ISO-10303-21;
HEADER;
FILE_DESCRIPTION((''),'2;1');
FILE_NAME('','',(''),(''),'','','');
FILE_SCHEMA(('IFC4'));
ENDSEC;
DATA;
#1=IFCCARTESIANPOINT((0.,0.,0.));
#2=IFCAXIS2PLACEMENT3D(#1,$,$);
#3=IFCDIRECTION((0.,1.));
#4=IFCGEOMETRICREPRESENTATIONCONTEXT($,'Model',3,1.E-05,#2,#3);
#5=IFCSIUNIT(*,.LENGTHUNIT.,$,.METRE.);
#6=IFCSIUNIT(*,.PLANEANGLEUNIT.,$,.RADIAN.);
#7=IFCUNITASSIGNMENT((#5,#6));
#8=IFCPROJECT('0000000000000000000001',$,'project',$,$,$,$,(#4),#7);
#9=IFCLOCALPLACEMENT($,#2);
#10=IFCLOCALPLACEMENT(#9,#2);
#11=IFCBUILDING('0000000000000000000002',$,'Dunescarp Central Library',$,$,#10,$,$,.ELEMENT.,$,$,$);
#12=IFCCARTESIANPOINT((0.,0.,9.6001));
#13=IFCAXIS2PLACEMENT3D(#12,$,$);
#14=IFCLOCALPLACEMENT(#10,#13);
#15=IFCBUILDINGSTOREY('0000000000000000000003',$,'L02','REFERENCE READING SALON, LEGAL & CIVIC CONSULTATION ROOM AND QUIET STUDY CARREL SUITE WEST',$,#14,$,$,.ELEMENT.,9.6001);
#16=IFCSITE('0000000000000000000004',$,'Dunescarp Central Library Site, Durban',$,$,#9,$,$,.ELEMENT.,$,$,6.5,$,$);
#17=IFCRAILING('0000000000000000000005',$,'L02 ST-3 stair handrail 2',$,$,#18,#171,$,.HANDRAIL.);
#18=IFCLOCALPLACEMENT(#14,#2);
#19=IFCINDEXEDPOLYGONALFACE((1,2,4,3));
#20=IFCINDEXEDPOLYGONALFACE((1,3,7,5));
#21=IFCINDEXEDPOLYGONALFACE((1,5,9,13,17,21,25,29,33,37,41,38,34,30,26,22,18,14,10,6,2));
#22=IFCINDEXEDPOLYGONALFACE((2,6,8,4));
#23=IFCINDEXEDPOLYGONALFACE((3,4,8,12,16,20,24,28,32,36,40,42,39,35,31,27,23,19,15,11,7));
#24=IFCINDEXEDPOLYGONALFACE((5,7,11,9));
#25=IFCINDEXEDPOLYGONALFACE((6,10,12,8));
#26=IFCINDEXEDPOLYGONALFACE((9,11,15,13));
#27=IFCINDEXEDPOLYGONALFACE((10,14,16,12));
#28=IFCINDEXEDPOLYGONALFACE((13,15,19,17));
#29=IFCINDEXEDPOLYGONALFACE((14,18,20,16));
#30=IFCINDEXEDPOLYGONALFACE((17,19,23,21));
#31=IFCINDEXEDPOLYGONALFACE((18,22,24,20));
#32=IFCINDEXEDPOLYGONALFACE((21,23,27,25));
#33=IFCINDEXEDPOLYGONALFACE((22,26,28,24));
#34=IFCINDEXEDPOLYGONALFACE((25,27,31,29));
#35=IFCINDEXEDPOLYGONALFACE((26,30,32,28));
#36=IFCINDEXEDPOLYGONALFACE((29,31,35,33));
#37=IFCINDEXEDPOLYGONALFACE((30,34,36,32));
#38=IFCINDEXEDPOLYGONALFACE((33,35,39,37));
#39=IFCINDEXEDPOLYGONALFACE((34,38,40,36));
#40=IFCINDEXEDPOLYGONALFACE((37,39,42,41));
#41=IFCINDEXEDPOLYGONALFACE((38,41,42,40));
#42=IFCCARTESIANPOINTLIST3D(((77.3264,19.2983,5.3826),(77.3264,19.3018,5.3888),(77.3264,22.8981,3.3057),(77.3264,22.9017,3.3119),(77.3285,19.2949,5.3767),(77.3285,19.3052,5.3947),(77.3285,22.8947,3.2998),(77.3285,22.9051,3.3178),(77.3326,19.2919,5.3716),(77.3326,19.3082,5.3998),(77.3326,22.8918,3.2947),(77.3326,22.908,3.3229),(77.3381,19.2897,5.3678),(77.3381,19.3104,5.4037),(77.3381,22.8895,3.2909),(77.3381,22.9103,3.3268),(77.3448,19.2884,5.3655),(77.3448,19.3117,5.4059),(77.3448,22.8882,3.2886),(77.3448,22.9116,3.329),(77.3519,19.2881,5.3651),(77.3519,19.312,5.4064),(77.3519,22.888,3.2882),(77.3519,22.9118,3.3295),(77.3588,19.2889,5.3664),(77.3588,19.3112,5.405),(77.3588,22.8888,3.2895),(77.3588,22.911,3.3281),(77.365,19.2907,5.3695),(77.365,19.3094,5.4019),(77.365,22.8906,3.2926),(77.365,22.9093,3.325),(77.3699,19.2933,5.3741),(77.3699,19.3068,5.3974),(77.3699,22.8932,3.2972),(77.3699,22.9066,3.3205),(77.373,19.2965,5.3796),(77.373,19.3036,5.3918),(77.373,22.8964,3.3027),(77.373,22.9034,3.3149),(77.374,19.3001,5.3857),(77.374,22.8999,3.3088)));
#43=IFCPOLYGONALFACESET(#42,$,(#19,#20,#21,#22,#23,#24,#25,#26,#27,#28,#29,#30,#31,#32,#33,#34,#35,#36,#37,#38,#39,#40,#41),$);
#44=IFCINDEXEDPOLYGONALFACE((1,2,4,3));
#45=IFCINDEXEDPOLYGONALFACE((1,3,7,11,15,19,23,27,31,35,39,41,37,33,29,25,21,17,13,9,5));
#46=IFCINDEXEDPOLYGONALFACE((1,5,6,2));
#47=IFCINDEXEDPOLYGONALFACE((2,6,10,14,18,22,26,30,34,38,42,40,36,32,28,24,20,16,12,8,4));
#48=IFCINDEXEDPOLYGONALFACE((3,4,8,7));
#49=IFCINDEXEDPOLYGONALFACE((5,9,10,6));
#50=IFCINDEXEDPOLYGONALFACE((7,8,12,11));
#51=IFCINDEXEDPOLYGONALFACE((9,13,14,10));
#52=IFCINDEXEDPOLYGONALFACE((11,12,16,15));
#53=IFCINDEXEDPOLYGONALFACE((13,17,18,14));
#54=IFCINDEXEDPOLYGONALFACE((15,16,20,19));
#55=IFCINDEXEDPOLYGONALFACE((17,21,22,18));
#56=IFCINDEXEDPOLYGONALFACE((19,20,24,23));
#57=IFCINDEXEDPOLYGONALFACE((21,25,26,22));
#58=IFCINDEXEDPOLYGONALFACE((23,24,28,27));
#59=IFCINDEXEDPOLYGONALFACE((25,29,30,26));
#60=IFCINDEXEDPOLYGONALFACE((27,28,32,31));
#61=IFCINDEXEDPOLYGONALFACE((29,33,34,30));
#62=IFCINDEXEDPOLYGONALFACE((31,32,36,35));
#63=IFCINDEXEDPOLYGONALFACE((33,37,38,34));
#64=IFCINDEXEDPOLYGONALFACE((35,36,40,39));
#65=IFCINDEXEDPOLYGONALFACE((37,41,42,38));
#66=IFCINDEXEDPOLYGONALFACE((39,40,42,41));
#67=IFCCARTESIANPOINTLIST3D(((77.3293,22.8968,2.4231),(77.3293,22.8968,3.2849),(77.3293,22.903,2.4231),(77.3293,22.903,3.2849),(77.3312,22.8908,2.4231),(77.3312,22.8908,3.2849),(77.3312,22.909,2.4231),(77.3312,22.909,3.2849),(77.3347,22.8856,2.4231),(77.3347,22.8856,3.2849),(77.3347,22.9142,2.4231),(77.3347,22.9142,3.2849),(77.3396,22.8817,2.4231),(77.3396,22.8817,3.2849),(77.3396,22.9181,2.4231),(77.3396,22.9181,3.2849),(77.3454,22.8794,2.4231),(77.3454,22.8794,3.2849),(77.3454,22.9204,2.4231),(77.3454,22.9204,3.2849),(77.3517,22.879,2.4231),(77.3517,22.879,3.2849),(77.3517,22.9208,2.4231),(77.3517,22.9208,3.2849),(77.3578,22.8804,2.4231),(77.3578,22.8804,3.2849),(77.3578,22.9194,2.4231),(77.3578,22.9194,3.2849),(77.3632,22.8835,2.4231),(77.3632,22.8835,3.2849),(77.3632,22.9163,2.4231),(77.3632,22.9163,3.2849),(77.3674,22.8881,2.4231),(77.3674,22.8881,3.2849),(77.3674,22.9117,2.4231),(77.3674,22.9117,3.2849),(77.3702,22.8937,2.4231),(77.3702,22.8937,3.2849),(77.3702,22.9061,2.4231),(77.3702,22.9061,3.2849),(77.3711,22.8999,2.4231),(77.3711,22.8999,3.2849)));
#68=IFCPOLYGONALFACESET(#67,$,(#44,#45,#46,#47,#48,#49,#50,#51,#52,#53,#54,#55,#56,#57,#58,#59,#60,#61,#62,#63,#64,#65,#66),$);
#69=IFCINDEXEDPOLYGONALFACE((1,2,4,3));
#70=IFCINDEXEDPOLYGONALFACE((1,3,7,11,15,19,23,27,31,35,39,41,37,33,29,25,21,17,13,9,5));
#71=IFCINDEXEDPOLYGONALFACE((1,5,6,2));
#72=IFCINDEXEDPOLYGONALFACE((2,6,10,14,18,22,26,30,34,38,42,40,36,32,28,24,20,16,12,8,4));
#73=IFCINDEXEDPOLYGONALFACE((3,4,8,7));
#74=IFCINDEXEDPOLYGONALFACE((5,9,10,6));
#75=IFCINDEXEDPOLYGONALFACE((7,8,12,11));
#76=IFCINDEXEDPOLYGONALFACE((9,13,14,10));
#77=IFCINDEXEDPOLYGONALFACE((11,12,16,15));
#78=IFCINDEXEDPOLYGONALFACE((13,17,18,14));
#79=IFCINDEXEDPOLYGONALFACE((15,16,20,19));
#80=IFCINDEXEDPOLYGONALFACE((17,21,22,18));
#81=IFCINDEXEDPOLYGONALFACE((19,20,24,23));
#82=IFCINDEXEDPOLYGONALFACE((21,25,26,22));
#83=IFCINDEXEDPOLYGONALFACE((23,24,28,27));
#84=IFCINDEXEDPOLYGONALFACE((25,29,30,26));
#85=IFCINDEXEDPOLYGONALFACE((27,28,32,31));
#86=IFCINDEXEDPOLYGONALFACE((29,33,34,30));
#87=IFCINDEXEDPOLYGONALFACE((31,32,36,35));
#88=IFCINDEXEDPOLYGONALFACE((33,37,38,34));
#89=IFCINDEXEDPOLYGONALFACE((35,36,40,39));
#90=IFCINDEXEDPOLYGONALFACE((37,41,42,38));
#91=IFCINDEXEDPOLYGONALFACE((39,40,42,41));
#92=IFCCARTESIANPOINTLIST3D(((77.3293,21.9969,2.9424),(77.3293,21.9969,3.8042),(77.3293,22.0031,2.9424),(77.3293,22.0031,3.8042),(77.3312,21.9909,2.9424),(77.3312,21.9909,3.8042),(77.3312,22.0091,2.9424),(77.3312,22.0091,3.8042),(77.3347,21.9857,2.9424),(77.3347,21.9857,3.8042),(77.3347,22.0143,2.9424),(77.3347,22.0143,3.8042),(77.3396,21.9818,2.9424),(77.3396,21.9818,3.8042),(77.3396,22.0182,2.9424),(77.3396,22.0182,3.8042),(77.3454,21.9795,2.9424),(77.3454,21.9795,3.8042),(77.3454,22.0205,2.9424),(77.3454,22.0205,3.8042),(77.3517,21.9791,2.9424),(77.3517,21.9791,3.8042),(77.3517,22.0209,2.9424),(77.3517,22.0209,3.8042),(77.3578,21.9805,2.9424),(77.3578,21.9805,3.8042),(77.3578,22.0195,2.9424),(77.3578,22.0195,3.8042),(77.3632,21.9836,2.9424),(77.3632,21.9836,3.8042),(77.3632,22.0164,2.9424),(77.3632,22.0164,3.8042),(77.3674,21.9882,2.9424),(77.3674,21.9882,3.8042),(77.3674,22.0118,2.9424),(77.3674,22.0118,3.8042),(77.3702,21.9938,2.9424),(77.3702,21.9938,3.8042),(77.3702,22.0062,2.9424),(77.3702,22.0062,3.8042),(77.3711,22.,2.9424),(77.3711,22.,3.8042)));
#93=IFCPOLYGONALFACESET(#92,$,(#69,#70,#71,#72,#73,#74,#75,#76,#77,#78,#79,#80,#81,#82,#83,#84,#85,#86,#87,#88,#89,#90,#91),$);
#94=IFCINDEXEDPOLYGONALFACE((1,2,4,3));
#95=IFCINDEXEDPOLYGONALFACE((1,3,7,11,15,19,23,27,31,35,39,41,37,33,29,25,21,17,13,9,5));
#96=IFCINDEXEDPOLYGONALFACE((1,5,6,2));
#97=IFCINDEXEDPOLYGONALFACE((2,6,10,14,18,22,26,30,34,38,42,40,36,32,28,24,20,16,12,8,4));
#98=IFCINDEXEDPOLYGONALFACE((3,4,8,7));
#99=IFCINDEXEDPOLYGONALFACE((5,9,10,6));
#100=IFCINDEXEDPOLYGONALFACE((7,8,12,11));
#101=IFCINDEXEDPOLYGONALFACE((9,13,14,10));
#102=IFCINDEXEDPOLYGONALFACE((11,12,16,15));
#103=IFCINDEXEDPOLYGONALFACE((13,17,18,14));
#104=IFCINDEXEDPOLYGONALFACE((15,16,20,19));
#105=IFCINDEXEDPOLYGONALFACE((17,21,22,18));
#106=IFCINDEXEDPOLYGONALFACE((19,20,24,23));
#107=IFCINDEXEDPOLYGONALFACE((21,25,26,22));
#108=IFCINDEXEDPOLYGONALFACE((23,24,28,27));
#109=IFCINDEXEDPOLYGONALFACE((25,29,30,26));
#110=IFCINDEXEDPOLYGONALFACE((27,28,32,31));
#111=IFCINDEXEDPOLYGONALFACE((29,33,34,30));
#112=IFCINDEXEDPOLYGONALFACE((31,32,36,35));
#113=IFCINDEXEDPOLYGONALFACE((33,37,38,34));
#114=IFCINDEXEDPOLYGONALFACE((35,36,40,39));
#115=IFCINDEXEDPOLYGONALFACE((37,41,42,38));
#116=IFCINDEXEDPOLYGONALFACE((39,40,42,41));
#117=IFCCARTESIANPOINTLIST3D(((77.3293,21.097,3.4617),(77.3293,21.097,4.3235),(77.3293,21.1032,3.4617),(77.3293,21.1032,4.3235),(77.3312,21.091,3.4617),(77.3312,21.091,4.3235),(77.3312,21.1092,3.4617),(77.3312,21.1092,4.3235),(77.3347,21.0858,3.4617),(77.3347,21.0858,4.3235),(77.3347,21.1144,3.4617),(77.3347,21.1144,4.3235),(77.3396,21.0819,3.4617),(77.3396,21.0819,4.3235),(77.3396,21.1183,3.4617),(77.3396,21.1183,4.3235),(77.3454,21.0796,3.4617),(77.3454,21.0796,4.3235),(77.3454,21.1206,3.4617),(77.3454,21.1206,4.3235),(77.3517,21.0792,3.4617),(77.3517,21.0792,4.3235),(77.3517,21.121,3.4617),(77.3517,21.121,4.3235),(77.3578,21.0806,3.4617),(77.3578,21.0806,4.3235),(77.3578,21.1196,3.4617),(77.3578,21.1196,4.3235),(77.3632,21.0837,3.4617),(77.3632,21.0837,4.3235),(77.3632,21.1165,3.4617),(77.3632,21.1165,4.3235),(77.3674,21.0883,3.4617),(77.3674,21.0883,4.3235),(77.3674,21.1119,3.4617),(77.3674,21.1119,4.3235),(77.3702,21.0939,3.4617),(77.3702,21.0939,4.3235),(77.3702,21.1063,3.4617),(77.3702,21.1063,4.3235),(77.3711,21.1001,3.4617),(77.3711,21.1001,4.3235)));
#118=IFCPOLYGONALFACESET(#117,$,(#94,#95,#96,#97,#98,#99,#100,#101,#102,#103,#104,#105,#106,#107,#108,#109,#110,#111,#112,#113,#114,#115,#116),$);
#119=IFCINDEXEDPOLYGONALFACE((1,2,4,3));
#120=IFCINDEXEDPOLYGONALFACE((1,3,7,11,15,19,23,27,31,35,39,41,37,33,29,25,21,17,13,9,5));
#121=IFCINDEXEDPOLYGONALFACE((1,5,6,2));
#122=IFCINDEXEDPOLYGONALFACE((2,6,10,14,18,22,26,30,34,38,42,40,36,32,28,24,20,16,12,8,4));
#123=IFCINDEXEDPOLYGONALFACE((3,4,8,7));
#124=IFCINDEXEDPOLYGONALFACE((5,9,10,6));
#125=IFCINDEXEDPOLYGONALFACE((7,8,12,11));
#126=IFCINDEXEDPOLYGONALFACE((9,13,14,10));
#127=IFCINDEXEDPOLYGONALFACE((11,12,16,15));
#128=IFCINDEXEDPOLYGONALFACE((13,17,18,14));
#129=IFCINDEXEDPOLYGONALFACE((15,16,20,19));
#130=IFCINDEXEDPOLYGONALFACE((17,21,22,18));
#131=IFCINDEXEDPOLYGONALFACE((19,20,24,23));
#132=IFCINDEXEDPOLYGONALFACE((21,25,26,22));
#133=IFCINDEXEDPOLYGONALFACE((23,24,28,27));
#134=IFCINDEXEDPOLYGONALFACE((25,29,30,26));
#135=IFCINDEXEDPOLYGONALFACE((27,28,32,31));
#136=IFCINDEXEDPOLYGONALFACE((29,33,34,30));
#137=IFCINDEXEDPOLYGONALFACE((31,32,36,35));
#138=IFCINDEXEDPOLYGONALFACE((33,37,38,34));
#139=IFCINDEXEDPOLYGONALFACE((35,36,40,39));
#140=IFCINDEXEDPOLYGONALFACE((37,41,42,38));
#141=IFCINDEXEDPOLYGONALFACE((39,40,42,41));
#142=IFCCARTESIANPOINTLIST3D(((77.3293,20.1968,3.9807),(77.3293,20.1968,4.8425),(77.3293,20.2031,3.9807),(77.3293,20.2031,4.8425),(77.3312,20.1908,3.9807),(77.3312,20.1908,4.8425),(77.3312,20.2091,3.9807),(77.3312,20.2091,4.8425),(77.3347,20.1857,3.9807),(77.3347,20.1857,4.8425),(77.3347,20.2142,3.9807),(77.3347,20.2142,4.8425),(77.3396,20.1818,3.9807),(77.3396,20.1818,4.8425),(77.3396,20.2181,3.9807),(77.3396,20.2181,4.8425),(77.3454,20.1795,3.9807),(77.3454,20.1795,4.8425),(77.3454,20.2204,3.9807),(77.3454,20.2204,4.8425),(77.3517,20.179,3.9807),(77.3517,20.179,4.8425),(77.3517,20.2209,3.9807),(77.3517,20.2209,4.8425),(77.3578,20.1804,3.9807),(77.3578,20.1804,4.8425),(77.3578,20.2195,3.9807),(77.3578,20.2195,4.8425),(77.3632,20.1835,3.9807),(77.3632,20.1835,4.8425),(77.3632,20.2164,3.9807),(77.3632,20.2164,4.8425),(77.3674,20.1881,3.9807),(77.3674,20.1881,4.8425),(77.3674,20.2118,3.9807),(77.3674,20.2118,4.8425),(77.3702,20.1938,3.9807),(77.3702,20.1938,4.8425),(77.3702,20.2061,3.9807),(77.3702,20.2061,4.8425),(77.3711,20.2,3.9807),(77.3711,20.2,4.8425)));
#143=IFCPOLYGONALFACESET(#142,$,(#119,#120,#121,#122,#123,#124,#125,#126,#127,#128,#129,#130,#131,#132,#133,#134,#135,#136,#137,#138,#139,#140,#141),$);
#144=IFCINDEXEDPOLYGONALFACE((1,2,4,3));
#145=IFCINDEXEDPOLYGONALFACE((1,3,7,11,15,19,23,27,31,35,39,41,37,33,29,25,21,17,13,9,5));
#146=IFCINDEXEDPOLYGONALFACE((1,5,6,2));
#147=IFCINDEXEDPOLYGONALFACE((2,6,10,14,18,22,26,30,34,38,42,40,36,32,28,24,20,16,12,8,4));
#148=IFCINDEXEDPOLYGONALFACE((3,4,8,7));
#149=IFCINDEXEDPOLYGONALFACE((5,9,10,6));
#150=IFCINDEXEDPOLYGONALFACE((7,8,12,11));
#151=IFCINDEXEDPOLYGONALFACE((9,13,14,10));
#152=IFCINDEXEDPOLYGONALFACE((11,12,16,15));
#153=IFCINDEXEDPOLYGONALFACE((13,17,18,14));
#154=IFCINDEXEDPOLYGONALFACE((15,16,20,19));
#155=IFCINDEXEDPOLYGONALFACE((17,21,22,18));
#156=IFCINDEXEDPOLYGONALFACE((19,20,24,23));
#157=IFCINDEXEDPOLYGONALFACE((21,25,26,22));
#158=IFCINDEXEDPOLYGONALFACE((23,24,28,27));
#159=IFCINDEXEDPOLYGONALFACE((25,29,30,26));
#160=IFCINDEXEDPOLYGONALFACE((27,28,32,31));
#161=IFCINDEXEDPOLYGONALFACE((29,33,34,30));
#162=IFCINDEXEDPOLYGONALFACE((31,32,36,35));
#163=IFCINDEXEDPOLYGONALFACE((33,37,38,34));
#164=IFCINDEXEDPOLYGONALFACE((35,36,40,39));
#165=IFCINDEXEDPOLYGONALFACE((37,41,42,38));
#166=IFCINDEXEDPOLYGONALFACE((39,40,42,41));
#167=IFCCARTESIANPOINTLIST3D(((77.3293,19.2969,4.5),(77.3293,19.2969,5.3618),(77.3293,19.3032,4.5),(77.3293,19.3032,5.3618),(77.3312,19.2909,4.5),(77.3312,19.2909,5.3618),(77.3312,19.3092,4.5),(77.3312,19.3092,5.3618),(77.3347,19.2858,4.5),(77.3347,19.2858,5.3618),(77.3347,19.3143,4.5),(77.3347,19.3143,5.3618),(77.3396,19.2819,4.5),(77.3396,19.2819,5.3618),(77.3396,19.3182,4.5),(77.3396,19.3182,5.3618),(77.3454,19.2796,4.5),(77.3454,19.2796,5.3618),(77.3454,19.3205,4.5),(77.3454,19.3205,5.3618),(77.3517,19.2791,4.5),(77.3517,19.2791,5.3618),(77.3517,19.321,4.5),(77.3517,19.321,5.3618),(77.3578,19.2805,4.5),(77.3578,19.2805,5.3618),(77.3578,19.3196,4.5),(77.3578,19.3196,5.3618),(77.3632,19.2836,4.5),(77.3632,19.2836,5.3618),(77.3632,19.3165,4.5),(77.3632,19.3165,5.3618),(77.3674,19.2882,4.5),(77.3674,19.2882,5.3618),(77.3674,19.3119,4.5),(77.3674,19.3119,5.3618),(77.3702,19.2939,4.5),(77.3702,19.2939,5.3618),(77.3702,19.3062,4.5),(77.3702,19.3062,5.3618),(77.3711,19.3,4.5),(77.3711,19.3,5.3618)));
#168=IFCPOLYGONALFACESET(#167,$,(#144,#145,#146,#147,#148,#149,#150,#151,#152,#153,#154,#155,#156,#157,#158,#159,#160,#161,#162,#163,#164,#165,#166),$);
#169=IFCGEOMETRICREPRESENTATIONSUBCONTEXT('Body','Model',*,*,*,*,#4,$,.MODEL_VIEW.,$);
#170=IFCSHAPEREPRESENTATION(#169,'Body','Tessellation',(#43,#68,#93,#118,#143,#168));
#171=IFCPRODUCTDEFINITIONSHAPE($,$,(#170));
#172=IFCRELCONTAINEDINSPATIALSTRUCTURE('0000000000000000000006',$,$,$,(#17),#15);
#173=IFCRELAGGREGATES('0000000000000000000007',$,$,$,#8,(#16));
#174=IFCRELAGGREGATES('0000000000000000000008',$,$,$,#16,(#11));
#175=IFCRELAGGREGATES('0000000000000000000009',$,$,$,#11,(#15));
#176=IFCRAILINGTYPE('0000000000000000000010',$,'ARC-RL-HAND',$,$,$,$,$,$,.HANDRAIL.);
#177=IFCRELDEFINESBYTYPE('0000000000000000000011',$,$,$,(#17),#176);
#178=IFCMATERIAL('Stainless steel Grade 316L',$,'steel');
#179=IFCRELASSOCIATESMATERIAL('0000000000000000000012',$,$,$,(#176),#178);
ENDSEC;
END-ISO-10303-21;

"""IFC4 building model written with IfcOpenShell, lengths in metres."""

from ifc_helpers import new_model, si_unit, direction, frame, origin, origin_2d, place, context, subcontext, project, spatial, circle, extrude, material, type_object, element, save


model = new_model("IFC4")

# Units and contexts
model_context = context("Model", 3, precision=1e-05, world=origin(), true_north=direction((0.0, 1.0)))
body_context = subcontext(model_context, "Body", "Model", "MODEL_VIEW")
ifc_project = project(units=[si_unit("LENGTHUNIT", "METRE"), si_unit("PLANEANGLEUNIT", "RADIAN")], contexts=[model_context])

# Site, building, storey
site_placement = place(None, origin())
site = spatial("IfcSite", under=ifc_project, at=site_placement, Name="Dunescarp Central Library Site, Durban", CompositionType="ELEMENT", RefElevation=6.5)
building_placement = place(site_placement, origin())
building = spatial("IfcBuilding", under=site, at=building_placement, Name="Dunescarp Central Library", CompositionType="ELEMENT")
storey_placement = place(building_placement, frame((0.0, 0.0, 9.6001)))
storey = spatial("IfcBuildingStorey", under=building, at=storey_placement, Name="L02", Description="REFERENCE READING SALON, LEGAL & CIVIC CONSULTATION ROOM AND QUIET STUDY CARREL SUITE WEST", CompositionType="ELEMENT", Elevation=9.6001)

# Railing
ifc_material_1 = material(Name="Stainless steel Grade 316L", Category="steel")
railing_type_1 = type_object("IfcRailingType", Name="ARC-RL-HAND", PredefinedType="HANDRAIL", material=ifc_material_1)
railing_1_placement = place(storey_placement, frame((77.3501, 22.8999, 2.4231)))
element("IfcRailing", 1, at=railing_1_placement, inside=storey, type_object=railing_type_1, Name="L02 ST-3 stair handrail 2", PredefinedType="HANDRAIL", context=body_context, shape_type="SweptSolid", body=[
    extrude(circle(Radius=0.0239, at=origin_2d()), frame((0.0, 0.0, 0.8857), z_axis=(0.0, -0.866179, 0.499734), x_axis=(1.0, 0.0, 0.0)), (0.0, 0.0, 1.0), 4.156),
    extrude(circle(Radius=0.021, at=origin_2d()), origin(), (0.0, 0.0, 1.0), 0.8618),
    extrude(circle(Radius=0.021, at=origin_2d()), frame((0.0, -0.8999, 0.5193)), (0.0, 0.0, 1.0), 0.8618),
    extrude(circle(Radius=0.021, at=origin_2d()), frame((0.0, -1.7998, 1.0386)), (0.0, 0.0, 1.0), 0.8618),
    extrude(circle(Radius=0.021, at=origin_2d()), frame((0.0, -2.7, 1.5576)), (0.0, 0.0, 1.0), 0.8618),
    extrude(circle(Radius=0.021, at=origin_2d()), frame((0.0, -3.5999, 2.0769)), (0.0, 0.0, 1.0), 0.8618),
])

save(model, "model.ifc")
